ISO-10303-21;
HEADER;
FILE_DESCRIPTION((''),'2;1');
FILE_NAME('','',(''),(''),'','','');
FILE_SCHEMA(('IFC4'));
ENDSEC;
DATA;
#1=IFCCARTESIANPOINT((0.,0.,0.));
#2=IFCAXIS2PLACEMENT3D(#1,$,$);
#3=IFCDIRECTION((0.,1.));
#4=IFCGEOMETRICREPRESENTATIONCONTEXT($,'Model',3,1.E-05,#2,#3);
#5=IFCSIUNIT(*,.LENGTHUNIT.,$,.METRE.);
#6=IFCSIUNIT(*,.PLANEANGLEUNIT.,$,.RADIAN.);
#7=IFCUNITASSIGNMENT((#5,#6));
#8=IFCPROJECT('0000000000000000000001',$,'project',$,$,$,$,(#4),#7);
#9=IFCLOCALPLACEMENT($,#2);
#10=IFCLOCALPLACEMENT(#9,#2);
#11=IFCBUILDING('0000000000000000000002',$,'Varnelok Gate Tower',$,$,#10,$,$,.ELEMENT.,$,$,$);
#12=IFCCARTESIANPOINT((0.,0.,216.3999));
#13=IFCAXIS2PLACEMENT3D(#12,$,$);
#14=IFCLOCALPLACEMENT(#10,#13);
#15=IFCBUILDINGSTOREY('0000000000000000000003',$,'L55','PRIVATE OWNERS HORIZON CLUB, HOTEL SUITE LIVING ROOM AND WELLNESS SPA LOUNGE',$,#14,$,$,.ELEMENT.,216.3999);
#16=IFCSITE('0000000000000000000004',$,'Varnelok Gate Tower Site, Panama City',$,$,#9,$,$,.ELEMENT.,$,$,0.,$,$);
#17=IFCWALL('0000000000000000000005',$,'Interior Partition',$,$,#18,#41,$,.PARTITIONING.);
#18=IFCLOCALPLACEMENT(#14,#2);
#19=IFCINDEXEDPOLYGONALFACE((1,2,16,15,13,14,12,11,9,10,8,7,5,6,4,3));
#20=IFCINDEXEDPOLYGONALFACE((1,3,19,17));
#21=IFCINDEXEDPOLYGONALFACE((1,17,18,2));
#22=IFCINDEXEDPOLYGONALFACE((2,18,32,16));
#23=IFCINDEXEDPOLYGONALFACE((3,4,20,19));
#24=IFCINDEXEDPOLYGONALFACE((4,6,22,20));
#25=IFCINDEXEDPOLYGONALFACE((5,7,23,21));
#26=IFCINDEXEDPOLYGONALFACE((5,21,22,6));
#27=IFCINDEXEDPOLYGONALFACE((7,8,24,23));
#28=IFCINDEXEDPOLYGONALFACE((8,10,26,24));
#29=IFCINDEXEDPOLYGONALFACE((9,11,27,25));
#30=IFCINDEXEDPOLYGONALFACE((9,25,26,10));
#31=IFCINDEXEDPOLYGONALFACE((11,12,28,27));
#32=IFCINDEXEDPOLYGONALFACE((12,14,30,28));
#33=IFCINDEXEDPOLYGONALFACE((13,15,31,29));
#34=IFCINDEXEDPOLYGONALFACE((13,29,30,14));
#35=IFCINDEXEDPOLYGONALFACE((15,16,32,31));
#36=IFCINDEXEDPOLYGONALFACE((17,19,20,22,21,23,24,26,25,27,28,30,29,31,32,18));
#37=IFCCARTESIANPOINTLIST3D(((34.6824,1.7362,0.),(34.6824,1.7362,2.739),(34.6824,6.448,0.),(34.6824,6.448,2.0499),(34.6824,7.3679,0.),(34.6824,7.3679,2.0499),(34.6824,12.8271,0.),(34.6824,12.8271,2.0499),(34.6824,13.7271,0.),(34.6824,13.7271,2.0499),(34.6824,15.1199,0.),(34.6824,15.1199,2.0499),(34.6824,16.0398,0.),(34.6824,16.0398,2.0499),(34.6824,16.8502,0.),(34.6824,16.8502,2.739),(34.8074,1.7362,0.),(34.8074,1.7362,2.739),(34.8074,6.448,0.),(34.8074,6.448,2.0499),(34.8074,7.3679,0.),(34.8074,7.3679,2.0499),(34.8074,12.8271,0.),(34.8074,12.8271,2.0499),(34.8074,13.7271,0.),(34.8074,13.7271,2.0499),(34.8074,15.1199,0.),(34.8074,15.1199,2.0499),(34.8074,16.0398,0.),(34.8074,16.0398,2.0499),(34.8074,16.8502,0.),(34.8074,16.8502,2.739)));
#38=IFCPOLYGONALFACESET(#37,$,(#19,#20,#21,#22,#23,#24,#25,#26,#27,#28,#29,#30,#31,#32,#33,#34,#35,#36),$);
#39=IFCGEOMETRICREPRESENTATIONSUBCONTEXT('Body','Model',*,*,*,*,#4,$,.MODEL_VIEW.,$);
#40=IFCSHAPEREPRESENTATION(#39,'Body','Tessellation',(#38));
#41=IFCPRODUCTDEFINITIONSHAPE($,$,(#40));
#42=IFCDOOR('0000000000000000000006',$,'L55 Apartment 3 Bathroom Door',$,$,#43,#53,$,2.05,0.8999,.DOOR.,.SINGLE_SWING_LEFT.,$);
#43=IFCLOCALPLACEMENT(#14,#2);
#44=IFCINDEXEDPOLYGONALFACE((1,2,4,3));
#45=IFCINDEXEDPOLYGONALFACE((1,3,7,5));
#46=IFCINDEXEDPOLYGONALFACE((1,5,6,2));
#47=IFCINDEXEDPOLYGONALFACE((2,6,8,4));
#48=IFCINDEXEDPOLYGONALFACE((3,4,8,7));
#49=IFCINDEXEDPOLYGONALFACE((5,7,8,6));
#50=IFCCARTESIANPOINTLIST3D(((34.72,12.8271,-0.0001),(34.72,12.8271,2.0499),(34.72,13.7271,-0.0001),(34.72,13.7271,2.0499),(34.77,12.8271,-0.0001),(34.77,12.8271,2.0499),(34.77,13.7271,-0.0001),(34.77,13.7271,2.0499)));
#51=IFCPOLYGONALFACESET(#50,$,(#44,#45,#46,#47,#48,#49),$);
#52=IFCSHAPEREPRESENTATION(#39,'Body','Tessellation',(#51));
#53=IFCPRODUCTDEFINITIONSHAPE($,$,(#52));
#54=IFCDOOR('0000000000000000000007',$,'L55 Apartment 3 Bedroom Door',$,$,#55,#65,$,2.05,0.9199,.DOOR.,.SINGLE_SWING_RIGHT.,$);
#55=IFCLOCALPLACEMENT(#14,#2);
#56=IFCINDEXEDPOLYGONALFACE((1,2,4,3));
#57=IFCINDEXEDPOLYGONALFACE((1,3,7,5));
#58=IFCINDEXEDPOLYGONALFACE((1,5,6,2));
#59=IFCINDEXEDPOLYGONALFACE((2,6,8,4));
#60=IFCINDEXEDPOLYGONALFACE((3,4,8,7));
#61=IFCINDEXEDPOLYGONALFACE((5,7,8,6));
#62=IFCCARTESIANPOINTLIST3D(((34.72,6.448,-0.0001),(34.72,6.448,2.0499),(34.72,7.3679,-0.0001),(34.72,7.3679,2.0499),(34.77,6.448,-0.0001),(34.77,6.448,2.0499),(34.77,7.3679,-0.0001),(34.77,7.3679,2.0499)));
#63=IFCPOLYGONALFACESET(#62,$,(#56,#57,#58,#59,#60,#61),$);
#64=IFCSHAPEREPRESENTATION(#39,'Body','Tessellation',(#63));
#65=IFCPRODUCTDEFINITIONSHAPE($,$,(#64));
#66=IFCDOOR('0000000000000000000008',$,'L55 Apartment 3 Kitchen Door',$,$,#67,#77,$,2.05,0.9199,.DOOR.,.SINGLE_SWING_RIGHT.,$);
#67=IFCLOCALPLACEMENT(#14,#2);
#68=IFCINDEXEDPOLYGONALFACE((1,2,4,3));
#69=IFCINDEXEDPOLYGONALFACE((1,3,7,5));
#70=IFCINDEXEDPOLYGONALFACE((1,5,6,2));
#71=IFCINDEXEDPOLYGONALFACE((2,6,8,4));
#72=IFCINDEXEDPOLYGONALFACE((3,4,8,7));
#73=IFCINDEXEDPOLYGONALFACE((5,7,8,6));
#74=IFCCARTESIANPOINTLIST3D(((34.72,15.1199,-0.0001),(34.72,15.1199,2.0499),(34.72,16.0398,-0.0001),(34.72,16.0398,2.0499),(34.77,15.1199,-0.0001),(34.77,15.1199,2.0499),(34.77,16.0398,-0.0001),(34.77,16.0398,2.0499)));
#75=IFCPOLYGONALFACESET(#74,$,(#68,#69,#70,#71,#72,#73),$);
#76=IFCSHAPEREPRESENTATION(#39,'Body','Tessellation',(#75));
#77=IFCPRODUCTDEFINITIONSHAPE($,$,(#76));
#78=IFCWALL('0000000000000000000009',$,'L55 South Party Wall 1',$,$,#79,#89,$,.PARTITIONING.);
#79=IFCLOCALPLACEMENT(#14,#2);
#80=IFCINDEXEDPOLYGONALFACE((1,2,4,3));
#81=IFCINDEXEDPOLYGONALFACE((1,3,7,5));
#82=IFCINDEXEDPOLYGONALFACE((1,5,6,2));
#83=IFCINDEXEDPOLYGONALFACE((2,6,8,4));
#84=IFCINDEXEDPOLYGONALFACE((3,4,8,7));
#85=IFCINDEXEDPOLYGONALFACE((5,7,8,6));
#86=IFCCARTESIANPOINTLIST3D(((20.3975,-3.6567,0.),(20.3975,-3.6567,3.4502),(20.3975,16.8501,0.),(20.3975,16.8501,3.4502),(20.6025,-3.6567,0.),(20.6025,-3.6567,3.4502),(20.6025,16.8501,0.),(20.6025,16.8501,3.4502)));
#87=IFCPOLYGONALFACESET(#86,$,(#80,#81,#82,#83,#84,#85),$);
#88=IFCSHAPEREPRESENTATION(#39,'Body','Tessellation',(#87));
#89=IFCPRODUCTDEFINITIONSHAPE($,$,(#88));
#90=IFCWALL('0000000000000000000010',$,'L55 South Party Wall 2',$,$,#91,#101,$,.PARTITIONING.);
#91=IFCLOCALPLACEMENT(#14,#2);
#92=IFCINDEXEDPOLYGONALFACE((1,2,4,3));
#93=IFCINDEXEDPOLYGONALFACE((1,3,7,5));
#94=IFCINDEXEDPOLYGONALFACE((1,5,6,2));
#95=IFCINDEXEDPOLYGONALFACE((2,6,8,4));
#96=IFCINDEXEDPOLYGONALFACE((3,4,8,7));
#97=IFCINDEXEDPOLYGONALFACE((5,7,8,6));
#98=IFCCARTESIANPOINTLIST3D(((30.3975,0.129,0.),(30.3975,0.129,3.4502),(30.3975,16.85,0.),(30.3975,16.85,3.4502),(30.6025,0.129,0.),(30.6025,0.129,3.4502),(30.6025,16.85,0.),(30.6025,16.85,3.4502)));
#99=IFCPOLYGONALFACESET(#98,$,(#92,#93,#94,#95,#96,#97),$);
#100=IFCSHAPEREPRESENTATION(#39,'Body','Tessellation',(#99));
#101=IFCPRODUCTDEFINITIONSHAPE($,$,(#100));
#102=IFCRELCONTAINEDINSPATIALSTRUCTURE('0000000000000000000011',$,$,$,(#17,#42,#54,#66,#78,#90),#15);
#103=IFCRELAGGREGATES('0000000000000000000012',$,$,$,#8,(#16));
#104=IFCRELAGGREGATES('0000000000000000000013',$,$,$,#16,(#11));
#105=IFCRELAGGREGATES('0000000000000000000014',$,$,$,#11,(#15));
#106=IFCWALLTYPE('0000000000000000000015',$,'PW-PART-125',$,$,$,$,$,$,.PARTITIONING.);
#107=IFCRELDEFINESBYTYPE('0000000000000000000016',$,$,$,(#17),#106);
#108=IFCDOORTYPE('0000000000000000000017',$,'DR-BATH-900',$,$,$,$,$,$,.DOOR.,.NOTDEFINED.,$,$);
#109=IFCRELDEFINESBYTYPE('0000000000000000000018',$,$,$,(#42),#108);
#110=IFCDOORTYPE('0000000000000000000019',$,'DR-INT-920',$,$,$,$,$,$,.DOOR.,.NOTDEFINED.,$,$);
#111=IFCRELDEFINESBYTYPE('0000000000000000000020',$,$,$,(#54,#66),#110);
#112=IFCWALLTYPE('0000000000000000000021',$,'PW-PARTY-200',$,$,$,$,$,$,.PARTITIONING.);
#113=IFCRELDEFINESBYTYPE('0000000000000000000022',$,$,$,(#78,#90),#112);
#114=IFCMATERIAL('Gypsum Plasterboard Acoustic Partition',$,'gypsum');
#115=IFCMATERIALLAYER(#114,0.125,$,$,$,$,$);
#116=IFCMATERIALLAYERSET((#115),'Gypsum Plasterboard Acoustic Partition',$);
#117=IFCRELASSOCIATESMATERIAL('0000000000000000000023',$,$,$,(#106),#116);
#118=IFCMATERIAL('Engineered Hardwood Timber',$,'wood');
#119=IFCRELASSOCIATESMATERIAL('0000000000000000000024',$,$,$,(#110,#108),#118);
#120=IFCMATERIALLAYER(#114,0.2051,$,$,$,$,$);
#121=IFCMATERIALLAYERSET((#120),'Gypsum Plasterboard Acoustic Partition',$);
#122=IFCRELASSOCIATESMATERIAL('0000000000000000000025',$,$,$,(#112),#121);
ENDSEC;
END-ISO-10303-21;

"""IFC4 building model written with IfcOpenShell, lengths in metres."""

from ifc_helpers import new_model, si_unit, direction, frame, frame_2d, origin, place, context, subcontext, project, spatial, rectangle, extrude, material, layer, layer_set, type_object, element, fill, save


model = new_model("IFC4")

# Units and contexts
model_context = context("Model", 3, precision=1e-05, world=origin(), true_north=direction((0.0, 1.0)))
body_context = subcontext(model_context, "Body", "Model", "MODEL_VIEW")
ifc_project = project(units=[si_unit("LENGTHUNIT", "METRE"), si_unit("PLANEANGLEUNIT", "RADIAN")], contexts=[model_context])

# Site, building, storey
site_placement = place(None, origin())
site = spatial("IfcSite", under=ifc_project, at=site_placement, Name="Varnelok Gate Tower Site, Panama City", CompositionType="ELEMENT", RefElevation=0.0)
building_placement = place(site_placement, origin())
building = spatial("IfcBuilding", under=site, at=building_placement, Name="Varnelok Gate Tower", CompositionType="ELEMENT")
storey_placement = place(building_placement, frame((0.0, 0.0, 216.3999)))
storey = spatial("IfcBuildingStorey", under=building, at=storey_placement, Name="L55", Description="PRIVATE OWNERS HORIZON CLUB, HOTEL SUITE LIVING ROOM AND WELLNESS SPA LOUNGE", CompositionType="ELEMENT", Elevation=216.3999)

# Shared definitions
ifc_material_1 = material(Name="Gypsum Plasterboard Acoustic Partition", Category="gypsum")

# Shared definitions
ifc_layer_1 = layer(ifc_material_1, 0.125)
ifc_layer_set_1 = layer_set([ifc_layer_1], Name="Gypsum Plasterboard Acoustic Partition")
wall_type_1 = type_object("IfcWallType", Name="PW-PART-125", PredefinedType="PARTITIONING", material=ifc_layer_set_1)
ifc_material_2 = material(Name="Engineered Hardwood Timber", Category="wood")
door_type_1 = type_object("IfcDoorType", Name="DR-INT-920", OperationType="NOTDEFINED", PredefinedType="DOOR", material=ifc_material_2)

# Shared definitions
door_type_2 = type_object("IfcDoorType", Name="DR-BATH-900", OperationType="NOTDEFINED", PredefinedType="DOOR", material=ifc_material_2)

# Wall, openings, doors
wall_1_placement = place(storey_placement, frame((34.7449, 1.7361, 0.0), z_axis=(0.0, 0.0, 1.0), x_axis=(0.0, 1.0, 0.0)))
wall_1 = element("IfcWall", 1, at=wall_1_placement, inside=storey, type_object=wall_type_1, Name="Interior Partition", PredefinedType="PARTITIONING", context=body_context, shape_type="SweptSolid", body=[
    extrude(rectangle(XDim=15.114, YDim=0.125, at=frame_2d((7.5571, 0.0))), origin(), (0.0, 0.0, 1.0), 2.739),
])
opening_1_placement = place(wall_1_placement, frame((4.7119, 0.0, 0.0)))
opening_1 = element("IfcOpeningElement", 2, at=opening_1_placement, cuts=wall_1, PredefinedType="OPENING", context=body_context, shape_type="SweptSolid", body=[
    extrude(rectangle(XDim=0.9199, YDim=2.05, at=frame_2d((0.46, 1.0249))), frame((0.0, 0.0725, 0.0), z_axis=(0.0, -1.0, 0.0), x_axis=(1.0, 0.0, 0.0)), (0.0, 0.0, 1.0), 0.145),
])
opening_2_placement = place(wall_1_placement, frame((11.0911, 0.0, 0.0)))
opening_2 = element("IfcOpeningElement", 3, at=opening_2_placement, cuts=wall_1, PredefinedType="OPENING", context=body_context, shape_type="SweptSolid", body=[
    extrude(rectangle(XDim=0.8999, YDim=2.05, at=frame_2d((0.45, 1.0249))), frame((0.0, 0.0725, 0.0), z_axis=(0.0, -1.0, 0.0), x_axis=(1.0, 0.0, 0.0)), (0.0, 0.0, 1.0), 0.145),
])
opening_3_placement = place(wall_1_placement, frame((13.3838, 0.0, 0.0)))
opening_3 = element("IfcOpeningElement", 4, at=opening_3_placement, cuts=wall_1, PredefinedType="OPENING", context=body_context, shape_type="SweptSolid", body=[
    extrude(rectangle(XDim=0.9199, YDim=2.05, at=frame_2d((0.46, 1.0249))), frame((0.0, 0.0725, 0.0), z_axis=(0.0, -1.0, 0.0), x_axis=(1.0, 0.0, 0.0)), (0.0, 0.0, 1.0), 0.145),
])
door_1_placement = place(opening_2_placement, origin())
door_1 = element("IfcDoor", 5, at=door_1_placement, inside=storey, type_object=door_type_2, Name="L55 Apartment 3 Bathroom Door", OperationType="SINGLE_SWING_LEFT", OverallHeight=2.05, OverallWidth=0.8999, PredefinedType="DOOR", context=body_context, shape_type="SweptSolid", body=[
    extrude(rectangle(XDim=0.8999, YDim=2.05, at=frame_2d((0.45, 1.0249))), frame((0.0, 0.0249, 0.0), z_axis=(0.0, -1.0, 0.0), x_axis=(1.0, 0.0, 0.0)), (0.0, 0.0, 1.0), 0.05),
])
fill(opening_2, door_1)
door_2_placement = place(opening_1_placement, origin())
door_2 = element("IfcDoor", 6, at=door_2_placement, inside=storey, type_object=door_type_1, Name="L55 Apartment 3 Bedroom Door", OperationType="SINGLE_SWING_RIGHT", OverallHeight=2.05, OverallWidth=0.9199, PredefinedType="DOOR", context=body_context, shape_type="SweptSolid", body=[
    extrude(rectangle(XDim=0.9199, YDim=2.05, at=frame_2d((0.46, 1.0249))), frame((0.0, 0.0249, 0.0), z_axis=(0.0, -1.0, 0.0), x_axis=(1.0, 0.0, 0.0)), (0.0, 0.0, 1.0), 0.05),
])
fill(opening_1, door_2)
door_3_placement = place(opening_3_placement, origin())
door_3 = element("IfcDoor", 7, at=door_3_placement, inside=storey, type_object=door_type_1, Name="L55 Apartment 3 Kitchen Door", OperationType="SINGLE_SWING_RIGHT", OverallHeight=2.05, OverallWidth=0.9199, PredefinedType="DOOR", context=body_context, shape_type="SweptSolid", body=[
    extrude(rectangle(XDim=0.9199, YDim=2.05, at=frame_2d((0.46, 1.0249))), frame((0.0, 0.0249, 0.0), z_axis=(0.0, -1.0, 0.0), x_axis=(1.0, 0.0, 0.0)), (0.0, 0.0, 1.0), 0.05),
])
fill(opening_3, door_3)

# Walls
ifc_layer_2 = layer(ifc_material_1, 0.2051)
ifc_layer_set_2 = layer_set([ifc_layer_2], Name="Gypsum Plasterboard Acoustic Partition")
wall_type_2 = type_object("IfcWallType", Name="PW-PARTY-200", PredefinedType="PARTITIONING", material=ifc_layer_set_2)
wall_2_placement = place(storey_placement, frame((20.5, -3.6567, 0.0), z_axis=(0.0, 0.0, 1.0), x_axis=(0.0, 1.0, 0.0)))
element("IfcWall", 8, at=wall_2_placement, inside=storey, type_object=wall_type_2, Name="L55 South Party Wall 1", PredefinedType="PARTITIONING", context=body_context, shape_type="SweptSolid", body=[
    extrude(rectangle(XDim=20.5068, YDim=0.2051, at=frame_2d((10.2534, 0.0))), origin(), (0.0, 0.0, 1.0), 3.4502),
])
wall_3_placement = place(storey_placement, frame((30.5, 0.1292, 0.0), z_axis=(0.0, 0.0, 1.0), x_axis=(0.0, 1.0, 0.0)))
element("IfcWall", 9, at=wall_3_placement, inside=storey, type_object=wall_type_2, Name="L55 South Party Wall 2", PredefinedType="PARTITIONING", context=body_context, shape_type="SweptSolid", body=[
    extrude(rectangle(XDim=16.7209, YDim=0.2051, at=frame_2d((8.3604, 0.0))), origin(), (0.0, 0.0, 1.0), 3.4502),
])

save(model, "model.ifc")
